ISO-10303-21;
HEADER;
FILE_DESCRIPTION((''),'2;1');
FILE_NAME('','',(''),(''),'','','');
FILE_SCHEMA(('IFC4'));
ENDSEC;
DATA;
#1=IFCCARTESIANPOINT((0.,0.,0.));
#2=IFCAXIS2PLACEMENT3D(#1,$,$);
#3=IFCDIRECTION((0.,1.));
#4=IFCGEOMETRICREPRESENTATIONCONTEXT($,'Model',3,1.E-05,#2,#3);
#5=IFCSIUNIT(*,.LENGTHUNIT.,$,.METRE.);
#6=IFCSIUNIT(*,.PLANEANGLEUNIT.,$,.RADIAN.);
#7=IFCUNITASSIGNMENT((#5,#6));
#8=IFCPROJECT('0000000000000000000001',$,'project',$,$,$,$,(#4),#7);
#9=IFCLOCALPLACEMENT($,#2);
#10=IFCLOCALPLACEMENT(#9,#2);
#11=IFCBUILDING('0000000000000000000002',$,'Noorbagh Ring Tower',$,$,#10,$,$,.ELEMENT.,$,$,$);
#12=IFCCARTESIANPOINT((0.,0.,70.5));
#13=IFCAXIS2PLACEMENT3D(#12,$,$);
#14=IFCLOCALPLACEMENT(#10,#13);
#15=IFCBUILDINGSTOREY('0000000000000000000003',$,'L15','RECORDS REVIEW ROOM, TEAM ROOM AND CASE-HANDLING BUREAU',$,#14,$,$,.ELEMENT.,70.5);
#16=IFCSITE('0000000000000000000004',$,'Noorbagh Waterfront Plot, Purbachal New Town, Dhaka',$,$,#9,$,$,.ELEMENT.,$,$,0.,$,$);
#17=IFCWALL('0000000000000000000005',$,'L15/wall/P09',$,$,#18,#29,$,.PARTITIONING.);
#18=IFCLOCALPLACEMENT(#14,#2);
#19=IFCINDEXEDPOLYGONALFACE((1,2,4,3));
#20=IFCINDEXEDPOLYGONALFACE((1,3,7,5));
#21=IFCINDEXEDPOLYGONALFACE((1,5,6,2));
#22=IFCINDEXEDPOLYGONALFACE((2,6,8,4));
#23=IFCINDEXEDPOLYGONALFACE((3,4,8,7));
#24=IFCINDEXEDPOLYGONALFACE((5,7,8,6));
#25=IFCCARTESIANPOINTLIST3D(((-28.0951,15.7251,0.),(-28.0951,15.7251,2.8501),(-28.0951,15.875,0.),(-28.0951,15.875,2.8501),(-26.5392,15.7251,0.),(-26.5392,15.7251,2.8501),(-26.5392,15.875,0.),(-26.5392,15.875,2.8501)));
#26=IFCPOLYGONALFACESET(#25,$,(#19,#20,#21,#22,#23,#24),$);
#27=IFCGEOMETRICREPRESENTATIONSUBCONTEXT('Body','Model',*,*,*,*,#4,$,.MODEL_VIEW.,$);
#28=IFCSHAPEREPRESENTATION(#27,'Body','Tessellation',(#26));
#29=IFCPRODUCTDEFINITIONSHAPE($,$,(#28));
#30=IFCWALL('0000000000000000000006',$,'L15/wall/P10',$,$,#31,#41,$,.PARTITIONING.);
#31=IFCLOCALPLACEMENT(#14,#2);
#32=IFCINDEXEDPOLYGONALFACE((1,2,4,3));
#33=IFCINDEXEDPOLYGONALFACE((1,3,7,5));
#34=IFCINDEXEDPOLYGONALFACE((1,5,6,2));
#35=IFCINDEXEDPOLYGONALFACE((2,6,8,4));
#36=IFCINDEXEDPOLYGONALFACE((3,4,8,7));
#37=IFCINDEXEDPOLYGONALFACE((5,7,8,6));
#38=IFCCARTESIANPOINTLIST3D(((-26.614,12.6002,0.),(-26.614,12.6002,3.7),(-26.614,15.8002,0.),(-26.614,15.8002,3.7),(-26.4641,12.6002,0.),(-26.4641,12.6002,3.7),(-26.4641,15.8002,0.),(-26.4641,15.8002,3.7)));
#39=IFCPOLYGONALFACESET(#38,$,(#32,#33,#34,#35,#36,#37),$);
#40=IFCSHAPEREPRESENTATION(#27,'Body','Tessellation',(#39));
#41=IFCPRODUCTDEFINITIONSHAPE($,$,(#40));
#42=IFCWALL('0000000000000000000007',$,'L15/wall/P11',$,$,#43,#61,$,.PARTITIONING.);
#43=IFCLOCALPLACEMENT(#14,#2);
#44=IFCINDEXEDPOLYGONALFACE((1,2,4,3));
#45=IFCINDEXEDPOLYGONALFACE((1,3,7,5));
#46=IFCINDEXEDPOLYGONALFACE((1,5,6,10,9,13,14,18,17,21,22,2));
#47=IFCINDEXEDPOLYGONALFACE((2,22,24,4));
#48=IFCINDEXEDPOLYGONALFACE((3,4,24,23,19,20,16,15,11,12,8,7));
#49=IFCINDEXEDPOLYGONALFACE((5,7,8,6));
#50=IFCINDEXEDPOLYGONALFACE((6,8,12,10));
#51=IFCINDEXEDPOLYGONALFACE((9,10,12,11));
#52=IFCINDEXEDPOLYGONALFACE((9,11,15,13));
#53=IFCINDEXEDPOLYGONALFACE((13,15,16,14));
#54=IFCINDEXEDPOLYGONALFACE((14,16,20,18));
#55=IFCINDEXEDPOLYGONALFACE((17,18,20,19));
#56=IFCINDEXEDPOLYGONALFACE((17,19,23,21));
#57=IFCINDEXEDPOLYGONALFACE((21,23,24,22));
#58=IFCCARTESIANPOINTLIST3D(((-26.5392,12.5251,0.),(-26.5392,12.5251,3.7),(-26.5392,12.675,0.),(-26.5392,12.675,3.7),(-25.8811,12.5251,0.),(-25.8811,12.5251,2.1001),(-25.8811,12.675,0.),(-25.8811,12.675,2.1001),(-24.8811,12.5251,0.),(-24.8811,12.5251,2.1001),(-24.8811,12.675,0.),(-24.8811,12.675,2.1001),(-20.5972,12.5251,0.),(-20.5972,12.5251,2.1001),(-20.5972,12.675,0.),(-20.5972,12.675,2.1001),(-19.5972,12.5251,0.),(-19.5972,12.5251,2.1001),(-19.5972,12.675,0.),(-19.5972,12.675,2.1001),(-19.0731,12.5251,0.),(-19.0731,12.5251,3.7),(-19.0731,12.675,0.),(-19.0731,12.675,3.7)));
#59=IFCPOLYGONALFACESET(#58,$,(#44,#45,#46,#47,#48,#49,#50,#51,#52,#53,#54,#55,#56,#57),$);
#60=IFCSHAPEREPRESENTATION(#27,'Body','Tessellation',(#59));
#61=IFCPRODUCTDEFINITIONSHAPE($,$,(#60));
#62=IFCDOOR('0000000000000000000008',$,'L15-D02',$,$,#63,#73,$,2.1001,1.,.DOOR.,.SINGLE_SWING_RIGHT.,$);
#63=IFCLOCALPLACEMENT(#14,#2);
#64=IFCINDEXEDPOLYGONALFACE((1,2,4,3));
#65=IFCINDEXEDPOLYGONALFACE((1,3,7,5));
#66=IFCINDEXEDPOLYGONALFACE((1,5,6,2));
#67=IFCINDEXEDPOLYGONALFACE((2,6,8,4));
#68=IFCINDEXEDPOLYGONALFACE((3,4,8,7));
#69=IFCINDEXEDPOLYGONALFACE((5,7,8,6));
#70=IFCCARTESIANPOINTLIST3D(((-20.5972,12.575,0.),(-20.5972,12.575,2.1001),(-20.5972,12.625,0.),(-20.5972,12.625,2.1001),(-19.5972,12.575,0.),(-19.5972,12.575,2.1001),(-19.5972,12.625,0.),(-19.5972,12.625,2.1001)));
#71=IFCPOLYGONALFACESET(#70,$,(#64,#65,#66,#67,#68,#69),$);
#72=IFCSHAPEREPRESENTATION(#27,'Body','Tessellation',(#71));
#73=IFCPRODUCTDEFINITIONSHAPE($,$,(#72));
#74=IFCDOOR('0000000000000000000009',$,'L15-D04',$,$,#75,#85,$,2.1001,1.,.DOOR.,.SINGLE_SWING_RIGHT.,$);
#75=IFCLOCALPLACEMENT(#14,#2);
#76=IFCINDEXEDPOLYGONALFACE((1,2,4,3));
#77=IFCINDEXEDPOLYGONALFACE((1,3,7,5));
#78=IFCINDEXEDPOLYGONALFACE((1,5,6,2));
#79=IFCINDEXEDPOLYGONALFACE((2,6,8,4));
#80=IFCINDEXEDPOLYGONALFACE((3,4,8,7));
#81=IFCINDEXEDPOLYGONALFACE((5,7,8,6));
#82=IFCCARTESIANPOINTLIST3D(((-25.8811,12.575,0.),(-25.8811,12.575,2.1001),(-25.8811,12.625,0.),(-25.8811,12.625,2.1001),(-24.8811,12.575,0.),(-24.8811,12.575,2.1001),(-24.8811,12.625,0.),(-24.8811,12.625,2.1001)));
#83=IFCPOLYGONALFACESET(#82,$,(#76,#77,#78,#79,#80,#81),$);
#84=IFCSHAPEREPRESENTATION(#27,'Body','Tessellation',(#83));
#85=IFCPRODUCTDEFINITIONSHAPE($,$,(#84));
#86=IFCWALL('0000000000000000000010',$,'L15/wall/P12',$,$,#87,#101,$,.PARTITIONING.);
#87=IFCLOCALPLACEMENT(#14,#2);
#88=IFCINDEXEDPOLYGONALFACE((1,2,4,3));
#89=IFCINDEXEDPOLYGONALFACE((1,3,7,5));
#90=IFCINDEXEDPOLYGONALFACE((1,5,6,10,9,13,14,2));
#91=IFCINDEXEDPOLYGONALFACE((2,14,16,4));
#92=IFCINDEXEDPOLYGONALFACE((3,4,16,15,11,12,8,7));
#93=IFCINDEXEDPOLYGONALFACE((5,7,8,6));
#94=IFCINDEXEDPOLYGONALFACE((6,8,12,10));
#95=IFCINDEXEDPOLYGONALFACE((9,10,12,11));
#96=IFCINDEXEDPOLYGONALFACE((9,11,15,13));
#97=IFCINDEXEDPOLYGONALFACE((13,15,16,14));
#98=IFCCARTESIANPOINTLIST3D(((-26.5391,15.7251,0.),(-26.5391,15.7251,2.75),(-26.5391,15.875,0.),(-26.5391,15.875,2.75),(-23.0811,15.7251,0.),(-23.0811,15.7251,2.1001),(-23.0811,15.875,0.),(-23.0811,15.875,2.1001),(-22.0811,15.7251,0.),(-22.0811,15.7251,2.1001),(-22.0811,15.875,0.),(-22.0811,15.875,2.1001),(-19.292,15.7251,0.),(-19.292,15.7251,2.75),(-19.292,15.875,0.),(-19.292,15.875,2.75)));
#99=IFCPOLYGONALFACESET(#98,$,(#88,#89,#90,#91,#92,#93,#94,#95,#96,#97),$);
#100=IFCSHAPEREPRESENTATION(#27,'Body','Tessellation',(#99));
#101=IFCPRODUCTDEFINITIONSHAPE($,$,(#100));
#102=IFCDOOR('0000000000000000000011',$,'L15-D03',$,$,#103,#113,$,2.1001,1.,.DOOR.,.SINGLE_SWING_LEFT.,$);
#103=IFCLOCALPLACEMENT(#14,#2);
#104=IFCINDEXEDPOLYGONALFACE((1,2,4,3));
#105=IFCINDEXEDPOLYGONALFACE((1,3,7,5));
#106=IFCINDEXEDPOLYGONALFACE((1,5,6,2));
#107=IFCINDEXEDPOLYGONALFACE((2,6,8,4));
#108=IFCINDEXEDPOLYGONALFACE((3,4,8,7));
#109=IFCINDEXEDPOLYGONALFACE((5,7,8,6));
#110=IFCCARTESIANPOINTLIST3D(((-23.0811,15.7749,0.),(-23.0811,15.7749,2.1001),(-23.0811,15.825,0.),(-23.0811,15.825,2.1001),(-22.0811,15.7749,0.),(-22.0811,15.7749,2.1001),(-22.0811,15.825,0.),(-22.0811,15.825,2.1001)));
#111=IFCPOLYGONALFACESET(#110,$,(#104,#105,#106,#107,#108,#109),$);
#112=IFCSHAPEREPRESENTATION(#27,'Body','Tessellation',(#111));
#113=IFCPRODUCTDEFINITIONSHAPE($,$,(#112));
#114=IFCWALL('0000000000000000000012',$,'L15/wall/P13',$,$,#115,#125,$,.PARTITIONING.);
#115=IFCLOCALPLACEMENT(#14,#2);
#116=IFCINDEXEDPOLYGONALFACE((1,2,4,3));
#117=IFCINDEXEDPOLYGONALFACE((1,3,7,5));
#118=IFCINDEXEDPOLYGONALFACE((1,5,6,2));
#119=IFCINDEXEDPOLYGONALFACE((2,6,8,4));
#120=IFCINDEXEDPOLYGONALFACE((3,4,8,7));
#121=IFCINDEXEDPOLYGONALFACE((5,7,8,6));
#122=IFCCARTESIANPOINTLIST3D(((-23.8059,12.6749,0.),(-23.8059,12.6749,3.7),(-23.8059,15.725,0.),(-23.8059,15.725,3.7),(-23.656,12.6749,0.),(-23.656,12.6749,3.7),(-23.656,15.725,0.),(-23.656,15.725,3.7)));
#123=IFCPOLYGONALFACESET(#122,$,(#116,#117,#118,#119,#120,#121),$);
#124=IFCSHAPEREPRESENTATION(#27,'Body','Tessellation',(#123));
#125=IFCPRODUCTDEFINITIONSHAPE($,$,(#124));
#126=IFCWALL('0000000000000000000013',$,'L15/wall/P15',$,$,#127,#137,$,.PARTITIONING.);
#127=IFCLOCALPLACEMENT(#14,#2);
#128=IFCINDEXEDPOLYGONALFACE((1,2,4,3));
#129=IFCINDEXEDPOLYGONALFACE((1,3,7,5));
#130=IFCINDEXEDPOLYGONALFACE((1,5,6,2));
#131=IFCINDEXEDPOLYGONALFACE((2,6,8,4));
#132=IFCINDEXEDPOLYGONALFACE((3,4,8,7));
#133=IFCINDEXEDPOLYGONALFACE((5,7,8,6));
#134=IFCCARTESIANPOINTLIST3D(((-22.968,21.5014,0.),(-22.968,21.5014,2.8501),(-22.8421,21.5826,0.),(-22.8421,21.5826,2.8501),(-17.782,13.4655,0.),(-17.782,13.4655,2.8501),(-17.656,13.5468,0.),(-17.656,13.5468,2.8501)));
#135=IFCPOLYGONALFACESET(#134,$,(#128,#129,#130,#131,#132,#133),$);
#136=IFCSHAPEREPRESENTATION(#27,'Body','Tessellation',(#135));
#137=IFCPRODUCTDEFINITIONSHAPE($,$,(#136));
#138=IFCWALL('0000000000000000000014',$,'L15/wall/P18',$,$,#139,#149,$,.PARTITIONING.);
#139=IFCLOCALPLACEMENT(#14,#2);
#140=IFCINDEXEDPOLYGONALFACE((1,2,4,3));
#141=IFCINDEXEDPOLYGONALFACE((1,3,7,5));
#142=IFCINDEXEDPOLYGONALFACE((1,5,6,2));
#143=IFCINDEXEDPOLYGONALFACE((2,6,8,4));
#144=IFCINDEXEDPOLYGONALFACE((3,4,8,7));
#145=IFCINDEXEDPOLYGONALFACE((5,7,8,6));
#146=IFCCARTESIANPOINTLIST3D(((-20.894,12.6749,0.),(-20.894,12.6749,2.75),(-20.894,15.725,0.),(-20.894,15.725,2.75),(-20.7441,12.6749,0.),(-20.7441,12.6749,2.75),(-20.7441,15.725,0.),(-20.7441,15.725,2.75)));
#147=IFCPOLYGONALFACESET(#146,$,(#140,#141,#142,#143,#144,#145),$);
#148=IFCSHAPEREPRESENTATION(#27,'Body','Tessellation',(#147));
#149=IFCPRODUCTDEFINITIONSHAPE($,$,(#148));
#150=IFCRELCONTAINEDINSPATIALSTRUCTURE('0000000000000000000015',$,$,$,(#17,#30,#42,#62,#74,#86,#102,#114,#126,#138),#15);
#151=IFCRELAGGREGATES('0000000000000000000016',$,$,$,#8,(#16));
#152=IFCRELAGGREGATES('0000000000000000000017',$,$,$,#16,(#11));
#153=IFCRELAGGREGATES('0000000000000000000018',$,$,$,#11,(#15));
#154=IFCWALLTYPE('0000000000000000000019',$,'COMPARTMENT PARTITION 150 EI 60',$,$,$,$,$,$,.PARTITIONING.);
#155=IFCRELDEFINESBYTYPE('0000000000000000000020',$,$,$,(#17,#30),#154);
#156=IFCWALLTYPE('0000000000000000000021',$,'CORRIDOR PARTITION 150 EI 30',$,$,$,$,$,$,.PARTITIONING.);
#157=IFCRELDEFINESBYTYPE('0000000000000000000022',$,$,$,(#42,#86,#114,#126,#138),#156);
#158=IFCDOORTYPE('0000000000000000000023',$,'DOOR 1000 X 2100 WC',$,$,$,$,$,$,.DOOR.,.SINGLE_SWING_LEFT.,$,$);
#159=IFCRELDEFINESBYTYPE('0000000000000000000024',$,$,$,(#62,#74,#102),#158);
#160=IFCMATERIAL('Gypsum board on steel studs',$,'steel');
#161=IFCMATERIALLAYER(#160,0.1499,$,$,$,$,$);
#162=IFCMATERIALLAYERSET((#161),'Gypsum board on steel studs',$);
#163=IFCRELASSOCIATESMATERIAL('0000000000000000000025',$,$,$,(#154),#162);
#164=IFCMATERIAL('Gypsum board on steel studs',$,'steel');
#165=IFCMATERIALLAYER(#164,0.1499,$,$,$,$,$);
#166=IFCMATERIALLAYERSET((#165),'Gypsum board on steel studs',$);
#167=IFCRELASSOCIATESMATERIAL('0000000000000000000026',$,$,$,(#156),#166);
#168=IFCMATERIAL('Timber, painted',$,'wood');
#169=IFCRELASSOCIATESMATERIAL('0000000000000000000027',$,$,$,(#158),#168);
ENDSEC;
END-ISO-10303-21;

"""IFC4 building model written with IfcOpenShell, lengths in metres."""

from ifc_helpers import new_model, si_unit, direction, frame, frame_2d, origin, place, context, subcontext, project, spatial, rectangle, extrude, material, layer, layer_set, type_object, element, fill, save


model = new_model("IFC4")

# Units and contexts
model_context = context("Model", 3, precision=1e-05, world=origin(), true_north=direction((0.0, 1.0)))
body_context = subcontext(model_context, "Body", "Model", "MODEL_VIEW")
ifc_project = project(units=[si_unit("LENGTHUNIT", "METRE"), si_unit("PLANEANGLEUNIT", "RADIAN")], contexts=[model_context])

# Site, building, storey
site_placement = place(None, origin())
site = spatial("IfcSite", under=ifc_project, at=site_placement, Name="Noorbagh Waterfront Plot, Purbachal New Town, Dhaka", CompositionType="ELEMENT", RefElevation=0.0)
building_placement = place(site_placement, origin())
building = spatial("IfcBuilding", under=site, at=building_placement, Name="Noorbagh Ring Tower", CompositionType="ELEMENT")
storey_placement = place(building_placement, frame((0.0, 0.0, 70.5)))
storey = spatial("IfcBuildingStorey", under=building, at=storey_placement, Name="L15", Description="RECORDS REVIEW ROOM, TEAM ROOM AND CASE-HANDLING BUREAU", CompositionType="ELEMENT", Elevation=70.5)

# Shared definitions
ifc_material_1 = material(Name="Gypsum board on steel studs", Category="steel")
ifc_layer_1 = layer(ifc_material_1, 0.1499)
ifc_layer_set_1 = layer_set([ifc_layer_1], Name="Gypsum board on steel studs")
wall_type_1 = type_object("IfcWallType", Name="COMPARTMENT PARTITION 150 EI 60", PredefinedType="PARTITIONING", material=ifc_layer_set_1)

# Walls
wall_1_placement = place(storey_placement, frame((-28.095, 15.8, 0.0), z_axis=(0.0, 0.0, 1.0), x_axis=(1.0, 0.0, 0.0)))
element("IfcWall", 1, at=wall_1_placement, inside=storey, type_object=wall_type_1, Name="L15/wall/P09", PredefinedType="PARTITIONING", context=body_context, shape_type="SweptSolid", body=[
    extrude(rectangle(XDim=1.5559, YDim=0.1499, at=frame_2d((0.7778, 0.0))), origin(), (0.0, 0.0, 1.0), 2.8501),
])
wall_2_placement = place(storey_placement, frame((-26.5391, 12.6001, 0.0), z_axis=(0.0, 0.0, 1.0), x_axis=(0.0, 1.0, 0.0)))
element("IfcWall", 2, at=wall_2_placement, inside=storey, type_object=wall_type_1, Name="L15/wall/P10", PredefinedType="PARTITIONING", context=body_context, shape_type="SweptSolid", body=[
    extrude(rectangle(XDim=3.2, YDim=0.1499, at=frame_2d((1.6001, 0.0))), origin(), (0.0, 0.0, 1.0), 3.7),
])

# Wall, openings, doors
ifc_material_2 = material(Name="Gypsum board on steel studs", Category="steel")
ifc_layer_2 = layer(ifc_material_2, 0.1499)
ifc_layer_set_2 = layer_set([ifc_layer_2], Name="Gypsum board on steel studs")
wall_type_2 = type_object("IfcWallType", Name="CORRIDOR PARTITION 150 EI 30", PredefinedType="PARTITIONING", material=ifc_layer_set_2)
wall_3_placement = place(storey_placement, frame((-26.5391, 12.6001, 0.0), z_axis=(0.0, 0.0, 1.0), x_axis=(1.0, 0.0, 0.0)))
wall_3 = element("IfcWall", 3, at=wall_3_placement, inside=storey, type_object=wall_type_2, Name="L15/wall/P11", PredefinedType="PARTITIONING", context=body_context, shape_type="SweptSolid", body=[
    extrude(rectangle(XDim=7.4661, YDim=0.1499, at=frame_2d((3.7329, 0.0))), origin(), (0.0, 0.0, 1.0), 3.7),
])
opening_1_placement = place(wall_3_placement, frame((5.9419, 0.0, 0.0)))
opening_1 = element("IfcOpeningElement", 4, at=opening_1_placement, cuts=wall_3, PredefinedType="OPENING", context=body_context, shape_type="SweptSolid", body=[
    extrude(rectangle(XDim=1.0, YDim=2.1001, at=frame_2d((0.5, 1.05))), frame((0.0, 0.085, 0.0), z_axis=(0.0, -1.0, 0.0), x_axis=(1.0, 0.0, 0.0)), (0.0, 0.0, 1.0), 0.1699),
])
opening_2_placement = place(wall_3_placement, frame((0.658, 0.0, 0.0)))
opening_2 = element("IfcOpeningElement", 5, at=opening_2_placement, cuts=wall_3, PredefinedType="OPENING", context=body_context, shape_type="SweptSolid", body=[
    extrude(rectangle(XDim=1.0, YDim=2.1001, at=frame_2d((0.5, 1.05))), frame((0.0, 0.085, 0.0), z_axis=(0.0, -1.0, 0.0), x_axis=(1.0, 0.0, 0.0)), (0.0, 0.0, 1.0), 0.1699),
])
ifc_material_3 = material(Name="Timber, painted", Category="wood")
door_type_1 = type_object("IfcDoorType", Name="DOOR 1000 X 2100 WC", OperationType="SINGLE_SWING_LEFT", PredefinedType="DOOR", material=ifc_material_3)
door_1_placement = place(opening_1_placement, origin())
door_1 = element("IfcDoor", 6, at=door_1_placement, inside=storey, type_object=door_type_1, Name="L15-D02", OperationType="SINGLE_SWING_RIGHT", OverallHeight=2.1001, OverallWidth=1.0, PredefinedType="DOOR", context=body_context, shape_type="SweptSolid", body=[
    extrude(rectangle(XDim=1.0, YDim=2.1001, at=frame_2d((0.5, 1.05))), frame((0.0, 0.0249, 0.0), z_axis=(0.0, -1.0, 0.0), x_axis=(1.0, 0.0, 0.0)), (0.0, 0.0, 1.0), 0.05),
])
fill(opening_1, door_1)
door_2_placement = place(opening_2_placement, origin())
door_2 = element("IfcDoor", 7, at=door_2_placement, inside=storey, type_object=door_type_1, Name="L15-D04", OperationType="SINGLE_SWING_RIGHT", OverallHeight=2.1001, OverallWidth=1.0, PredefinedType="DOOR", context=body_context, shape_type="SweptSolid", body=[
    extrude(rectangle(XDim=1.0, YDim=2.1001, at=frame_2d((0.5, 1.05))), frame((0.0, 0.0249, 0.0), z_axis=(0.0, -1.0, 0.0), x_axis=(1.0, 0.0, 0.0)), (0.0, 0.0, 1.0), 0.05),
])
fill(opening_2, door_2)

# Wall, opening, door
wall_4_placement = place(storey_placement, frame((-26.5391, 15.8, 0.0), z_axis=(0.0, 0.0, 1.0), x_axis=(1.0, 0.0, 0.0)))
wall_4 = element("IfcWall", 8, at=wall_4_placement, inside=storey, type_object=wall_type_2, Name="L15/wall/P12", PredefinedType="PARTITIONING", context=body_context, shape_type="SweptSolid", body=[
    extrude(rectangle(XDim=7.2471, YDim=0.1499, at=frame_2d((3.6235, 0.0))), origin(), (0.0, 0.0, 1.0), 2.75),
])
opening_3_placement = place(wall_4_placement, frame((3.458, 0.0, 0.0)))
opening_3 = element("IfcOpeningElement", 9, at=opening_3_placement, cuts=wall_4, PredefinedType="OPENING", context=body_context, shape_type="SweptSolid", body=[
    extrude(rectangle(XDim=1.0, YDim=2.1001, at=frame_2d((0.5, 1.05))), frame((0.0, 0.085, 0.0), z_axis=(0.0, -1.0, 0.0), x_axis=(1.0, 0.0, 0.0)), (0.0, 0.0, 1.0), 0.1699),
])
door_3_placement = place(opening_3_placement, origin())
door_3 = element("IfcDoor", 10, at=door_3_placement, inside=storey, type_object=door_type_1, Name="L15-D03", OperationType="SINGLE_SWING_LEFT", OverallHeight=2.1001, OverallWidth=1.0, PredefinedType="DOOR", context=body_context, shape_type="SweptSolid", body=[
    extrude(rectangle(XDim=1.0, YDim=2.1001, at=frame_2d((0.5, 1.05))), frame((0.0, 0.0249, 0.0), z_axis=(0.0, -1.0, 0.0), x_axis=(1.0, 0.0, 0.0)), (0.0, 0.0, 1.0), 0.05),
])
fill(opening_3, door_3)

# Walls
wall_5_placement = place(storey_placement, frame((-23.731, 12.675, 0.0), z_axis=(0.0, 0.0, 1.0), x_axis=(0.0, 1.0, 0.0)))
element("IfcWall", 11, at=wall_5_placement, inside=storey, type_object=wall_type_2, Name="L15/wall/P13", PredefinedType="PARTITIONING", context=body_context, shape_type="SweptSolid", body=[
    extrude(rectangle(XDim=3.05, YDim=0.1499, at=frame_2d((1.5249, 0.0))), origin(), (0.0, 0.0, 1.0), 3.7),
])
wall_6_placement = place(storey_placement, frame((-22.905, 21.542, 0.0), z_axis=(0.0, 0.0, 1.0), x_axis=(0.542244, -0.840221, 0.0)))
element("IfcWall", 12, at=wall_6_placement, inside=storey, type_object=wall_type_2, Name="L15/wall/P15", PredefinedType="PARTITIONING", context=body_context, shape_type="SweptSolid", body=[
    extrude(rectangle(XDim=9.564, YDim=0.1499, at=frame_2d((4.782, 0.0))), origin(), (0.0, 0.0, 1.0), 2.8501),
])
wall_7_placement = place(storey_placement, frame((-20.8191, 12.675, 0.0), z_axis=(0.0, 0.0, 1.0), x_axis=(0.0, 1.0, 0.0)))
element("IfcWall", 13, at=wall_7_placement, inside=storey, type_object=wall_type_2, Name="L15/wall/P18", PredefinedType="PARTITIONING", context=body_context, shape_type="SweptSolid", body=[
    extrude(rectangle(XDim=3.05, YDim=0.1499, at=frame_2d((1.5249, 0.0))), origin(), (0.0, 0.0, 1.0), 2.75),
])

save(model, "model.ifc")
